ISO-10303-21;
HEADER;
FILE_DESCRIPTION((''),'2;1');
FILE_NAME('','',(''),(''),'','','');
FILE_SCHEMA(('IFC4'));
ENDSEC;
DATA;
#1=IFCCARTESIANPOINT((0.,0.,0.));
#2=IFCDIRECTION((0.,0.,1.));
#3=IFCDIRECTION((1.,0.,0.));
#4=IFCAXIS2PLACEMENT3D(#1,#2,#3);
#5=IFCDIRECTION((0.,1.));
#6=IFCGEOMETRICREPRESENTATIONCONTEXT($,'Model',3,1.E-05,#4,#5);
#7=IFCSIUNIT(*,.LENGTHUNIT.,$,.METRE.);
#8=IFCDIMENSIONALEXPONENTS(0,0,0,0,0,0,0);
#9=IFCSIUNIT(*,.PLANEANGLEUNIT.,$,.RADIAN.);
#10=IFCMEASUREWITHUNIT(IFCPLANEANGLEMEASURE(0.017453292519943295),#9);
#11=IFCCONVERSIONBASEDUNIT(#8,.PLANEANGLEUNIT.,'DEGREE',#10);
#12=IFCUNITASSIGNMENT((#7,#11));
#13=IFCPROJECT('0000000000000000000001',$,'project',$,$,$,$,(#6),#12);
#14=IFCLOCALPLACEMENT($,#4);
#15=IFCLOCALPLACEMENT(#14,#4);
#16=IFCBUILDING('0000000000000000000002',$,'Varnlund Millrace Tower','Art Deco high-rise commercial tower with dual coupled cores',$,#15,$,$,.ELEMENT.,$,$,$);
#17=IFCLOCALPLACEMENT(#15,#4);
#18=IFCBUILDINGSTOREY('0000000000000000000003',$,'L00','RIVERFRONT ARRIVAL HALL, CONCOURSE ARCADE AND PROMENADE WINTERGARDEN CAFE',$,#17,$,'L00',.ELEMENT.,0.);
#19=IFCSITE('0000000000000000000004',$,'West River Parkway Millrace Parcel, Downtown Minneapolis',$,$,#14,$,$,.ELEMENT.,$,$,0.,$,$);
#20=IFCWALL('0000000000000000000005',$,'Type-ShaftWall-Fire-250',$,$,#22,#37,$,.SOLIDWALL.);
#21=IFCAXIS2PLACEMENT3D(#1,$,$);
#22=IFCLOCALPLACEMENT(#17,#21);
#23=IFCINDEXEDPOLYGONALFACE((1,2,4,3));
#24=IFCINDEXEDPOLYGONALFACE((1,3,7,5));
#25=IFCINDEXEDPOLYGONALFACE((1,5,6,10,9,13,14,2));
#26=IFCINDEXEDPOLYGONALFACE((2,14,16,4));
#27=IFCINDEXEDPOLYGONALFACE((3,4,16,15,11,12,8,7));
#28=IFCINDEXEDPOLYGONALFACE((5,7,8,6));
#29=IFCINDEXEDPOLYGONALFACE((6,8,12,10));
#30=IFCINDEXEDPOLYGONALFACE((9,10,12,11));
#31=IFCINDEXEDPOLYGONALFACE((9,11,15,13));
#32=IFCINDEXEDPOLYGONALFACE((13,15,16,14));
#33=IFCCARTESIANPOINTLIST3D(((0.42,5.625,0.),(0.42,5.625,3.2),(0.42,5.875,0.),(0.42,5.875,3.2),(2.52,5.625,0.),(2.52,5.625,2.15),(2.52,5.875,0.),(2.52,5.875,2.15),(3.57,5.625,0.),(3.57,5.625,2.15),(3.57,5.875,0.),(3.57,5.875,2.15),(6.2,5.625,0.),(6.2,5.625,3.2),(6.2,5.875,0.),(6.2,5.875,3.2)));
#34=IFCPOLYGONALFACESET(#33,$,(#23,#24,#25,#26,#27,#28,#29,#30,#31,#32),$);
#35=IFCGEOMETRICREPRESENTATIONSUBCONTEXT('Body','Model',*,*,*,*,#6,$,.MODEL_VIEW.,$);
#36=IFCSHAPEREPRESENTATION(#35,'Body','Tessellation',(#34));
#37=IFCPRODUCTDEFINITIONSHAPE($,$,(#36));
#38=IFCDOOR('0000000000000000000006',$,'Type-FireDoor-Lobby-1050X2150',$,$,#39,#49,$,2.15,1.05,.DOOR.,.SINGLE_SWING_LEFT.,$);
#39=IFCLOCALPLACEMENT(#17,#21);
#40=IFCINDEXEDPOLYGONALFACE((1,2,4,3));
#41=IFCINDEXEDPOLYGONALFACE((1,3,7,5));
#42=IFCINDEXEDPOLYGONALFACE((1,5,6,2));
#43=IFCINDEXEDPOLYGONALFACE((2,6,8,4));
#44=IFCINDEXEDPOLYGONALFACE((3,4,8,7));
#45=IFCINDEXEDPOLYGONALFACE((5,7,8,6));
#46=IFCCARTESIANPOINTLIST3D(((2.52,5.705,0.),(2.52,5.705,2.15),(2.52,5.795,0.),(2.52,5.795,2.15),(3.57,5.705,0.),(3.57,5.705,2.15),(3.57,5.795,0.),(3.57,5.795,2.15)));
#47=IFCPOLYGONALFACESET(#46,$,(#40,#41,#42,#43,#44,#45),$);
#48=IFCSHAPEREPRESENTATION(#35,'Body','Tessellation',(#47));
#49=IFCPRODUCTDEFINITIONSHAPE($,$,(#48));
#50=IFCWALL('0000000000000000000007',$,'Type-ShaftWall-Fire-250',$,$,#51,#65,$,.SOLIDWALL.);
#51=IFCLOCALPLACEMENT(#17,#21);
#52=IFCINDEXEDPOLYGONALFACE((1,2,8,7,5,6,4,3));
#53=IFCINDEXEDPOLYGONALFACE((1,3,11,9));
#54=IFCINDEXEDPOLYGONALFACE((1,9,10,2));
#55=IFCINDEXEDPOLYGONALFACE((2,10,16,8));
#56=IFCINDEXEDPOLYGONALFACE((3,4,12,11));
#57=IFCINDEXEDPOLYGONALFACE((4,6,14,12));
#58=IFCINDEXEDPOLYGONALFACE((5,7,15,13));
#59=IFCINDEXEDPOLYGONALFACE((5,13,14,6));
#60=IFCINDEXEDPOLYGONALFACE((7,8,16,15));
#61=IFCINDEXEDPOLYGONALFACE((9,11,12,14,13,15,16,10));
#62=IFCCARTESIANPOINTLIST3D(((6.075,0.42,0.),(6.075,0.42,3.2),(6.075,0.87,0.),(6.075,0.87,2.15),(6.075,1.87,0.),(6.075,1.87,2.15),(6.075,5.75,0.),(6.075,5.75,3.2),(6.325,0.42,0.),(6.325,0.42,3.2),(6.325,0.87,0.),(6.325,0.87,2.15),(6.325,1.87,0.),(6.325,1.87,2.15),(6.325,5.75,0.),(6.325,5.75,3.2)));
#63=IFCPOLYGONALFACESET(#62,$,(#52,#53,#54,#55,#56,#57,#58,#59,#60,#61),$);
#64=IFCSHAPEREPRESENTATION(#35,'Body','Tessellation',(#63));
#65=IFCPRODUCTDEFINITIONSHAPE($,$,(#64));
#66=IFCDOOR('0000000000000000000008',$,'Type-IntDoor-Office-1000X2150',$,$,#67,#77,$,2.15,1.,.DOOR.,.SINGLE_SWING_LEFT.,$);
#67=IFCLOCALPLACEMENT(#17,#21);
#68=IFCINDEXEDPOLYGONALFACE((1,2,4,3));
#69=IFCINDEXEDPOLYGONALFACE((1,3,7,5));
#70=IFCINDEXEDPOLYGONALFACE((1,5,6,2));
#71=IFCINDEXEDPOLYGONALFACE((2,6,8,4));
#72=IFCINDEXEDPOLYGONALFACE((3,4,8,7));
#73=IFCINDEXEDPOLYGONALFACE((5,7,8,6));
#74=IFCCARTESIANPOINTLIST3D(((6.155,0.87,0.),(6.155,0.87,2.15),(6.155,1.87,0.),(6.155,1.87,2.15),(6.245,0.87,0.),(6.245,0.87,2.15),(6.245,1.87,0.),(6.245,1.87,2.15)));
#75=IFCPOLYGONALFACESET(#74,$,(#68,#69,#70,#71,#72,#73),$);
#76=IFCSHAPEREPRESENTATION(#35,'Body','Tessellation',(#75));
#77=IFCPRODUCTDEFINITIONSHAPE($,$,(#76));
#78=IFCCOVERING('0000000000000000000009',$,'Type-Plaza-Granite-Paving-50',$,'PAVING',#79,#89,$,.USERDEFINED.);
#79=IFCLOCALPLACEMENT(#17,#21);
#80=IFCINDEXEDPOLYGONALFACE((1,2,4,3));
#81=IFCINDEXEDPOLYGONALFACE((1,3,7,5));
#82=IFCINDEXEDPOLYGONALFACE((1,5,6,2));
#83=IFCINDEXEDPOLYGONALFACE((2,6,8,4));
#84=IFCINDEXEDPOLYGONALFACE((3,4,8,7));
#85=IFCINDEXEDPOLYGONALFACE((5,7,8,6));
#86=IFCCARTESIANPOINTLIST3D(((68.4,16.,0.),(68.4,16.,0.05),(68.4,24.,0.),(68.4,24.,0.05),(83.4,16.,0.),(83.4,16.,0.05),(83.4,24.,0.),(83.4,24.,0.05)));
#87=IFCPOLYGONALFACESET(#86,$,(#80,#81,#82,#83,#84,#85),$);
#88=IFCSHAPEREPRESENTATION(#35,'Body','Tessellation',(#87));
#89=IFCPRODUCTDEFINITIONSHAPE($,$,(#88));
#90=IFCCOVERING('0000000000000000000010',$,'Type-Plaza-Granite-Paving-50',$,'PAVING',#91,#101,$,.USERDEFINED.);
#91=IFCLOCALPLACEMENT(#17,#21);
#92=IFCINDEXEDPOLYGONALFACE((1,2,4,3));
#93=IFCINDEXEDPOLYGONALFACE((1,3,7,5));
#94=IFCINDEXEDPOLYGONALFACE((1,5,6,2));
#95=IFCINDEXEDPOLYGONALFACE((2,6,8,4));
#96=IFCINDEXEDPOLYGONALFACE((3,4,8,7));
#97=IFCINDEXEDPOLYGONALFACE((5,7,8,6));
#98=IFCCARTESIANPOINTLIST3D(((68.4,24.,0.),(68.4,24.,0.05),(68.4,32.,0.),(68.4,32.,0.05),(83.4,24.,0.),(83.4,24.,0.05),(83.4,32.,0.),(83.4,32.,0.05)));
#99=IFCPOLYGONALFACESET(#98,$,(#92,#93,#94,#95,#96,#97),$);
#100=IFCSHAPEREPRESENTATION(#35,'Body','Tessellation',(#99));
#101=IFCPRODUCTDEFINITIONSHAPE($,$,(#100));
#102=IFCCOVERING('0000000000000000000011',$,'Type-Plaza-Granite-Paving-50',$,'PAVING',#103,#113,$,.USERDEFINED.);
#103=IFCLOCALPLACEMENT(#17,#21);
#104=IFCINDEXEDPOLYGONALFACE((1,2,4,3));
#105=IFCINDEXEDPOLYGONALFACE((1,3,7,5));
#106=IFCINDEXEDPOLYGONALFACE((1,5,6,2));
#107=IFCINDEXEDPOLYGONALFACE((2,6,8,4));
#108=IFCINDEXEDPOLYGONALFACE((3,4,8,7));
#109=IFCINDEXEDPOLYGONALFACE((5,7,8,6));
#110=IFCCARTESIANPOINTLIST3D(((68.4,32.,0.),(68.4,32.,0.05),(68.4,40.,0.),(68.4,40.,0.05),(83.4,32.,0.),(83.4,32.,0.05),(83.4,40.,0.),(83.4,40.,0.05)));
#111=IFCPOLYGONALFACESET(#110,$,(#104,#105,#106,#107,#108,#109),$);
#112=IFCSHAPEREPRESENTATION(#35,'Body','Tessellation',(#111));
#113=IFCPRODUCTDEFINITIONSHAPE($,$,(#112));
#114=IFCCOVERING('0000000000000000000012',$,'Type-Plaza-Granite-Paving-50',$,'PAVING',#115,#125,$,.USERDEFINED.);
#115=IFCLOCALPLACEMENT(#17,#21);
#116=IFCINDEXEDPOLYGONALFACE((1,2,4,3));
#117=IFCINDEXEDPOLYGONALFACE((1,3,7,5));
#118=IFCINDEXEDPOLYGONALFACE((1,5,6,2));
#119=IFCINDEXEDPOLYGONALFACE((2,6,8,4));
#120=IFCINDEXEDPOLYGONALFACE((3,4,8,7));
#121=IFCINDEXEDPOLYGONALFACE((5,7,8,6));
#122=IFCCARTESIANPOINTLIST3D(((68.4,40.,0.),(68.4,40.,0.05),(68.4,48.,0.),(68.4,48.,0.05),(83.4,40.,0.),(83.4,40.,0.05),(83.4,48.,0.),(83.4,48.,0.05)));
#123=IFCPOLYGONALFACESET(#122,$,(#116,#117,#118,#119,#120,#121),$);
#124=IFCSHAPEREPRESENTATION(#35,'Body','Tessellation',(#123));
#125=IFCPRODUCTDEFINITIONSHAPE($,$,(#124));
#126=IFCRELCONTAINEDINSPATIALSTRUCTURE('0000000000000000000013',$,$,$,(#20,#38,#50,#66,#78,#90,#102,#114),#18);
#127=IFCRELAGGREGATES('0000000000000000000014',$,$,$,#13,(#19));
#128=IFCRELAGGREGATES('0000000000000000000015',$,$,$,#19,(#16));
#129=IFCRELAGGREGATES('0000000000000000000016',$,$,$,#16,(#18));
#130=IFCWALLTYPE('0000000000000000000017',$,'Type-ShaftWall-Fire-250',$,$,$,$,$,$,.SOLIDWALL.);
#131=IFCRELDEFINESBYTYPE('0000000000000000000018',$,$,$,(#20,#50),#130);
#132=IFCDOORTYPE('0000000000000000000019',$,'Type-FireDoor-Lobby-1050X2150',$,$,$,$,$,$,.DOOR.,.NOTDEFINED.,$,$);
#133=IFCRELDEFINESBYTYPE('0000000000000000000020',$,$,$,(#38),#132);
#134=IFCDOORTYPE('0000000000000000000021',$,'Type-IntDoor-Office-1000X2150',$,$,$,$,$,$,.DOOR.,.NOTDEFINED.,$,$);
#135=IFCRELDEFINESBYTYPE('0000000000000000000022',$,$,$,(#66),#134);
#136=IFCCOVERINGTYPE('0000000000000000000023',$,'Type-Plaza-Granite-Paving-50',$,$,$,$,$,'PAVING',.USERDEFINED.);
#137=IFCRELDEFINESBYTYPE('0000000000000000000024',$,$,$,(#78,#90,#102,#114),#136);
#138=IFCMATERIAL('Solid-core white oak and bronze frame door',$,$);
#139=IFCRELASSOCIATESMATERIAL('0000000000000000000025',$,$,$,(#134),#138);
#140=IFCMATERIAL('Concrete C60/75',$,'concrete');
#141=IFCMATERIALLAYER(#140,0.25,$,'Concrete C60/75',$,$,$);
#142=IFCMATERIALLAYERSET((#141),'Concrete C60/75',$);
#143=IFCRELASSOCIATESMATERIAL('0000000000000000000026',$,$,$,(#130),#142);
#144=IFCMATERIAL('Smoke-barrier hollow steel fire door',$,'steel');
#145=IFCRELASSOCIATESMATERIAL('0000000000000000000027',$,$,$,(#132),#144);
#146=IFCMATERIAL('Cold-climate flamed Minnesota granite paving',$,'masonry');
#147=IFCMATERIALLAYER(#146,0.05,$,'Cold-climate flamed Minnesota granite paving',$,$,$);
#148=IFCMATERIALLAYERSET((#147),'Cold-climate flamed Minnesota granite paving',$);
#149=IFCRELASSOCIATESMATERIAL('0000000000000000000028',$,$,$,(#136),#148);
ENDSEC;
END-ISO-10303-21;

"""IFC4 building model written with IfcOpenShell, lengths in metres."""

from ifc_helpers import new_model, entity, si_unit, converted_unit, direction, frame, origin_with_axes, origin_2d_with_axis, place, context, subcontext, project, spatial, polyline, rectangle, outline, extrude, material, layer, layer_set, type_object, element, fill, save


model = new_model("IFC4")

# Units and contexts
model_context = context("Model", 3, precision=1e-05, world=origin_with_axes(), true_north=direction((0.0, 1.0)))
body_context = subcontext(model_context, "Body", "Model", "MODEL_VIEW")
ifc_project = project(units=[si_unit("LENGTHUNIT", "METRE"), converted_unit("PLANEANGLEUNIT", "DEGREE", entity("IfcPlaneAngleMeasure", 0.017453292519943295), si_unit("PLANEANGLEUNIT", "RADIAN"), dimensions=[0, 0, 0, 0, 0, 0, 0])], contexts=[model_context])

# Site, building, storey
site_placement = place(None, origin_with_axes())
site = spatial("IfcSite", under=ifc_project, at=site_placement, Name="West River Parkway Millrace Parcel, Downtown Minneapolis", CompositionType="ELEMENT", RefElevation=0.0)
building_placement = place(site_placement, origin_with_axes())
building = spatial("IfcBuilding", under=site, at=building_placement, Name="Varnlund Millrace Tower", Description="Art Deco high-rise commercial tower with dual coupled cores", CompositionType="ELEMENT")
storey_placement = place(building_placement, origin_with_axes())
storey = spatial("IfcBuildingStorey", under=building, at=storey_placement, Name="L00", Description="RIVERFRONT ARRIVAL HALL, CONCOURSE ARCADE AND PROMENADE WINTERGARDEN CAFE", LongName="L00", CompositionType="ELEMENT", Elevation=0.0)

# Shared definitions
ifc_material_1 = material(Name="Solid-core white oak and bronze frame door")
door_type_1 = type_object("IfcDoorType", Name="Type-IntDoor-Office-1000X2150", OperationType="NOTDEFINED", PredefinedType="DOOR", material=ifc_material_1)

# Walls, openings, doors
ifc_material_2 = material(Name="Concrete C60/75", Category="concrete")
ifc_layer_1 = layer(ifc_material_2, 0.25, Name="Concrete C60/75")
ifc_layer_set_1 = layer_set([ifc_layer_1], Name="Concrete C60/75")
wall_type_1 = type_object("IfcWallType", Name="Type-ShaftWall-Fire-250", PredefinedType="SOLIDWALL", material=ifc_layer_set_1)
wall_1_placement = place(storey_placement, frame((0.42, 5.75, 0.0), z_axis=(0.0, 0.0, 1.0), x_axis=(1.0, 0.0, 0.0)))
wall_1 = element("IfcWall", 1, at=wall_1_placement, inside=storey, type_object=wall_type_1, Name="Type-ShaftWall-Fire-250", PredefinedType="SOLIDWALL", context=body_context, shape_type="SweptSolid", body=[
    extrude(outline(polyline([(0.0, -0.125), (5.78, -0.125), (5.78, 0.125), (0.0, 0.125), (0.0, -0.125)])), origin_with_axes(), (0.0, 0.0, 1.0), 3.2),
])
opening_1_placement = place(wall_1_placement, frame((2.625, 0.0, 0.0), z_axis=(0.0, 0.0, 1.0), x_axis=(1.0, 0.0, 0.0)))
opening_1 = element("IfcOpeningElement", 2, at=opening_1_placement, cuts=wall_1, PredefinedType="OPENING", context=body_context, shape_type="SweptSolid", body=[
    extrude(rectangle(XDim=1.05, YDim=0.27, at=origin_2d_with_axis()), origin_with_axes(), (0.0, 0.0, 1.0), 2.15),
])
ifc_material_3 = material(Name="Smoke-barrier hollow steel fire door", Category="steel")
door_type_2 = type_object("IfcDoorType", Name="Type-FireDoor-Lobby-1050X2150", OperationType="NOTDEFINED", PredefinedType="DOOR", material=ifc_material_3)
door_1_placement = place(wall_1_placement, frame((2.625, 0.0, 0.0), z_axis=(0.0, 0.0, 1.0), x_axis=(1.0, 0.0, 0.0)))
door_1 = element("IfcDoor", 3, at=door_1_placement, inside=storey, type_object=door_type_2, Name="Type-FireDoor-Lobby-1050X2150", OperationType="SINGLE_SWING_LEFT", OverallHeight=2.15, OverallWidth=1.05, PredefinedType="DOOR", context=body_context, shape_type="SweptSolid", body=[
    extrude(rectangle(XDim=1.05, YDim=0.09, at=origin_2d_with_axis()), origin_with_axes(), (0.0, 0.0, 1.0), 2.15),
])
fill(opening_1, door_1)
wall_2_placement = place(storey_placement, frame((6.2, 0.42, 0.0), z_axis=(0.0, 0.0, 1.0), x_axis=(0.0, 1.0, 0.0)))
wall_2 = element("IfcWall", 4, at=wall_2_placement, inside=storey, type_object=wall_type_1, Name="Type-ShaftWall-Fire-250", PredefinedType="SOLIDWALL", context=body_context, shape_type="SweptSolid", body=[
    extrude(outline(polyline([(0.0, -0.125), (5.33, -0.125), (5.33, 0.125), (0.0, 0.125), (0.0, -0.125)])), origin_with_axes(), (0.0, 0.0, 1.0), 3.2),
])
opening_2_placement = place(wall_2_placement, frame((0.95, 0.0, 0.0), z_axis=(0.0, 0.0, 1.0), x_axis=(1.0, 0.0, 0.0)))
opening_2 = element("IfcOpeningElement", 5, at=opening_2_placement, cuts=wall_2, PredefinedType="OPENING", context=body_context, shape_type="SweptSolid", body=[
    extrude(rectangle(XDim=1.0, YDim=0.27, at=origin_2d_with_axis()), origin_with_axes(), (0.0, 0.0, 1.0), 2.15),
])
door_2_placement = place(wall_2_placement, frame((0.95, 0.0, 0.0), z_axis=(0.0, 0.0, 1.0), x_axis=(1.0, 0.0, 0.0)))
door_2 = element("IfcDoor", 6, at=door_2_placement, inside=storey, type_object=door_type_1, Name="Type-IntDoor-Office-1000X2150", OperationType="SINGLE_SWING_LEFT", OverallHeight=2.15, OverallWidth=1.0, PredefinedType="DOOR", context=body_context, shape_type="SweptSolid", body=[
    extrude(rectangle(XDim=1.0, YDim=0.09, at=origin_2d_with_axis()), origin_with_axes(), (0.0, 0.0, 1.0), 2.15),
])
fill(opening_2, door_2)

# Coverings
ifc_material_4 = material(Name="Cold-climate flamed Minnesota granite paving", Category="masonry")
ifc_layer_2 = layer(ifc_material_4, 0.05, Name="Cold-climate flamed Minnesota granite paving")
ifc_layer_set_2 = layer_set([ifc_layer_2], Name="Cold-climate flamed Minnesota granite paving")
covering_type = type_object("IfcCoveringType", Name="Type-Plaza-Granite-Paving-50", ElementType="PAVING", PredefinedType="USERDEFINED", material=ifc_layer_set_2)
covering_1_placement = place(storey_placement, origin_with_axes())
element("IfcCovering", 7, at=covering_1_placement, inside=storey, type_object=covering_type, Name="Type-Plaza-Granite-Paving-50", ObjectType="PAVING", PredefinedType="USERDEFINED", context=body_context, shape_type="SweptSolid", body=[
    extrude(outline(polyline([(83.4, 16.0), (83.4, 24.0), (68.4, 24.0), (68.4, 16.0), (83.4, 16.0)])), origin_with_axes(), (0.0, 0.0, 1.0), 0.05),
])
covering_2_placement = place(storey_placement, origin_with_axes())
element("IfcCovering", 8, at=covering_2_placement, inside=storey, type_object=covering_type, Name="Type-Plaza-Granite-Paving-50", ObjectType="PAVING", PredefinedType="USERDEFINED", context=body_context, shape_type="SweptSolid", body=[
    extrude(outline(polyline([(83.4, 24.0), (83.4, 32.0), (68.4, 32.0), (68.4, 24.0), (83.4, 24.0)])), origin_with_axes(), (0.0, 0.0, 1.0), 0.05),
])
covering_3_placement = place(storey_placement, origin_with_axes())
element("IfcCovering", 9, at=covering_3_placement, inside=storey, type_object=covering_type, Name="Type-Plaza-Granite-Paving-50", ObjectType="PAVING", PredefinedType="USERDEFINED", context=body_context, shape_type="SweptSolid", body=[
    extrude(outline(polyline([(83.4, 32.0), (83.4, 40.0), (68.4, 40.0), (68.4, 32.0), (83.4, 32.0)])), origin_with_axes(), (0.0, 0.0, 1.0), 0.05),
])
covering_4_placement = place(storey_placement, origin_with_axes())
element("IfcCovering", 10, at=covering_4_placement, inside=storey, type_object=covering_type, Name="Type-Plaza-Granite-Paving-50", ObjectType="PAVING", PredefinedType="USERDEFINED", context=body_context, shape_type="SweptSolid", body=[
    extrude(outline(polyline([(83.4, 40.0), (83.4, 48.0), (68.4, 48.0), (68.4, 40.0), (83.4, 40.0)])), origin_with_axes(), (0.0, 0.0, 1.0), 0.05),
])

save(model, "model.ifc")
